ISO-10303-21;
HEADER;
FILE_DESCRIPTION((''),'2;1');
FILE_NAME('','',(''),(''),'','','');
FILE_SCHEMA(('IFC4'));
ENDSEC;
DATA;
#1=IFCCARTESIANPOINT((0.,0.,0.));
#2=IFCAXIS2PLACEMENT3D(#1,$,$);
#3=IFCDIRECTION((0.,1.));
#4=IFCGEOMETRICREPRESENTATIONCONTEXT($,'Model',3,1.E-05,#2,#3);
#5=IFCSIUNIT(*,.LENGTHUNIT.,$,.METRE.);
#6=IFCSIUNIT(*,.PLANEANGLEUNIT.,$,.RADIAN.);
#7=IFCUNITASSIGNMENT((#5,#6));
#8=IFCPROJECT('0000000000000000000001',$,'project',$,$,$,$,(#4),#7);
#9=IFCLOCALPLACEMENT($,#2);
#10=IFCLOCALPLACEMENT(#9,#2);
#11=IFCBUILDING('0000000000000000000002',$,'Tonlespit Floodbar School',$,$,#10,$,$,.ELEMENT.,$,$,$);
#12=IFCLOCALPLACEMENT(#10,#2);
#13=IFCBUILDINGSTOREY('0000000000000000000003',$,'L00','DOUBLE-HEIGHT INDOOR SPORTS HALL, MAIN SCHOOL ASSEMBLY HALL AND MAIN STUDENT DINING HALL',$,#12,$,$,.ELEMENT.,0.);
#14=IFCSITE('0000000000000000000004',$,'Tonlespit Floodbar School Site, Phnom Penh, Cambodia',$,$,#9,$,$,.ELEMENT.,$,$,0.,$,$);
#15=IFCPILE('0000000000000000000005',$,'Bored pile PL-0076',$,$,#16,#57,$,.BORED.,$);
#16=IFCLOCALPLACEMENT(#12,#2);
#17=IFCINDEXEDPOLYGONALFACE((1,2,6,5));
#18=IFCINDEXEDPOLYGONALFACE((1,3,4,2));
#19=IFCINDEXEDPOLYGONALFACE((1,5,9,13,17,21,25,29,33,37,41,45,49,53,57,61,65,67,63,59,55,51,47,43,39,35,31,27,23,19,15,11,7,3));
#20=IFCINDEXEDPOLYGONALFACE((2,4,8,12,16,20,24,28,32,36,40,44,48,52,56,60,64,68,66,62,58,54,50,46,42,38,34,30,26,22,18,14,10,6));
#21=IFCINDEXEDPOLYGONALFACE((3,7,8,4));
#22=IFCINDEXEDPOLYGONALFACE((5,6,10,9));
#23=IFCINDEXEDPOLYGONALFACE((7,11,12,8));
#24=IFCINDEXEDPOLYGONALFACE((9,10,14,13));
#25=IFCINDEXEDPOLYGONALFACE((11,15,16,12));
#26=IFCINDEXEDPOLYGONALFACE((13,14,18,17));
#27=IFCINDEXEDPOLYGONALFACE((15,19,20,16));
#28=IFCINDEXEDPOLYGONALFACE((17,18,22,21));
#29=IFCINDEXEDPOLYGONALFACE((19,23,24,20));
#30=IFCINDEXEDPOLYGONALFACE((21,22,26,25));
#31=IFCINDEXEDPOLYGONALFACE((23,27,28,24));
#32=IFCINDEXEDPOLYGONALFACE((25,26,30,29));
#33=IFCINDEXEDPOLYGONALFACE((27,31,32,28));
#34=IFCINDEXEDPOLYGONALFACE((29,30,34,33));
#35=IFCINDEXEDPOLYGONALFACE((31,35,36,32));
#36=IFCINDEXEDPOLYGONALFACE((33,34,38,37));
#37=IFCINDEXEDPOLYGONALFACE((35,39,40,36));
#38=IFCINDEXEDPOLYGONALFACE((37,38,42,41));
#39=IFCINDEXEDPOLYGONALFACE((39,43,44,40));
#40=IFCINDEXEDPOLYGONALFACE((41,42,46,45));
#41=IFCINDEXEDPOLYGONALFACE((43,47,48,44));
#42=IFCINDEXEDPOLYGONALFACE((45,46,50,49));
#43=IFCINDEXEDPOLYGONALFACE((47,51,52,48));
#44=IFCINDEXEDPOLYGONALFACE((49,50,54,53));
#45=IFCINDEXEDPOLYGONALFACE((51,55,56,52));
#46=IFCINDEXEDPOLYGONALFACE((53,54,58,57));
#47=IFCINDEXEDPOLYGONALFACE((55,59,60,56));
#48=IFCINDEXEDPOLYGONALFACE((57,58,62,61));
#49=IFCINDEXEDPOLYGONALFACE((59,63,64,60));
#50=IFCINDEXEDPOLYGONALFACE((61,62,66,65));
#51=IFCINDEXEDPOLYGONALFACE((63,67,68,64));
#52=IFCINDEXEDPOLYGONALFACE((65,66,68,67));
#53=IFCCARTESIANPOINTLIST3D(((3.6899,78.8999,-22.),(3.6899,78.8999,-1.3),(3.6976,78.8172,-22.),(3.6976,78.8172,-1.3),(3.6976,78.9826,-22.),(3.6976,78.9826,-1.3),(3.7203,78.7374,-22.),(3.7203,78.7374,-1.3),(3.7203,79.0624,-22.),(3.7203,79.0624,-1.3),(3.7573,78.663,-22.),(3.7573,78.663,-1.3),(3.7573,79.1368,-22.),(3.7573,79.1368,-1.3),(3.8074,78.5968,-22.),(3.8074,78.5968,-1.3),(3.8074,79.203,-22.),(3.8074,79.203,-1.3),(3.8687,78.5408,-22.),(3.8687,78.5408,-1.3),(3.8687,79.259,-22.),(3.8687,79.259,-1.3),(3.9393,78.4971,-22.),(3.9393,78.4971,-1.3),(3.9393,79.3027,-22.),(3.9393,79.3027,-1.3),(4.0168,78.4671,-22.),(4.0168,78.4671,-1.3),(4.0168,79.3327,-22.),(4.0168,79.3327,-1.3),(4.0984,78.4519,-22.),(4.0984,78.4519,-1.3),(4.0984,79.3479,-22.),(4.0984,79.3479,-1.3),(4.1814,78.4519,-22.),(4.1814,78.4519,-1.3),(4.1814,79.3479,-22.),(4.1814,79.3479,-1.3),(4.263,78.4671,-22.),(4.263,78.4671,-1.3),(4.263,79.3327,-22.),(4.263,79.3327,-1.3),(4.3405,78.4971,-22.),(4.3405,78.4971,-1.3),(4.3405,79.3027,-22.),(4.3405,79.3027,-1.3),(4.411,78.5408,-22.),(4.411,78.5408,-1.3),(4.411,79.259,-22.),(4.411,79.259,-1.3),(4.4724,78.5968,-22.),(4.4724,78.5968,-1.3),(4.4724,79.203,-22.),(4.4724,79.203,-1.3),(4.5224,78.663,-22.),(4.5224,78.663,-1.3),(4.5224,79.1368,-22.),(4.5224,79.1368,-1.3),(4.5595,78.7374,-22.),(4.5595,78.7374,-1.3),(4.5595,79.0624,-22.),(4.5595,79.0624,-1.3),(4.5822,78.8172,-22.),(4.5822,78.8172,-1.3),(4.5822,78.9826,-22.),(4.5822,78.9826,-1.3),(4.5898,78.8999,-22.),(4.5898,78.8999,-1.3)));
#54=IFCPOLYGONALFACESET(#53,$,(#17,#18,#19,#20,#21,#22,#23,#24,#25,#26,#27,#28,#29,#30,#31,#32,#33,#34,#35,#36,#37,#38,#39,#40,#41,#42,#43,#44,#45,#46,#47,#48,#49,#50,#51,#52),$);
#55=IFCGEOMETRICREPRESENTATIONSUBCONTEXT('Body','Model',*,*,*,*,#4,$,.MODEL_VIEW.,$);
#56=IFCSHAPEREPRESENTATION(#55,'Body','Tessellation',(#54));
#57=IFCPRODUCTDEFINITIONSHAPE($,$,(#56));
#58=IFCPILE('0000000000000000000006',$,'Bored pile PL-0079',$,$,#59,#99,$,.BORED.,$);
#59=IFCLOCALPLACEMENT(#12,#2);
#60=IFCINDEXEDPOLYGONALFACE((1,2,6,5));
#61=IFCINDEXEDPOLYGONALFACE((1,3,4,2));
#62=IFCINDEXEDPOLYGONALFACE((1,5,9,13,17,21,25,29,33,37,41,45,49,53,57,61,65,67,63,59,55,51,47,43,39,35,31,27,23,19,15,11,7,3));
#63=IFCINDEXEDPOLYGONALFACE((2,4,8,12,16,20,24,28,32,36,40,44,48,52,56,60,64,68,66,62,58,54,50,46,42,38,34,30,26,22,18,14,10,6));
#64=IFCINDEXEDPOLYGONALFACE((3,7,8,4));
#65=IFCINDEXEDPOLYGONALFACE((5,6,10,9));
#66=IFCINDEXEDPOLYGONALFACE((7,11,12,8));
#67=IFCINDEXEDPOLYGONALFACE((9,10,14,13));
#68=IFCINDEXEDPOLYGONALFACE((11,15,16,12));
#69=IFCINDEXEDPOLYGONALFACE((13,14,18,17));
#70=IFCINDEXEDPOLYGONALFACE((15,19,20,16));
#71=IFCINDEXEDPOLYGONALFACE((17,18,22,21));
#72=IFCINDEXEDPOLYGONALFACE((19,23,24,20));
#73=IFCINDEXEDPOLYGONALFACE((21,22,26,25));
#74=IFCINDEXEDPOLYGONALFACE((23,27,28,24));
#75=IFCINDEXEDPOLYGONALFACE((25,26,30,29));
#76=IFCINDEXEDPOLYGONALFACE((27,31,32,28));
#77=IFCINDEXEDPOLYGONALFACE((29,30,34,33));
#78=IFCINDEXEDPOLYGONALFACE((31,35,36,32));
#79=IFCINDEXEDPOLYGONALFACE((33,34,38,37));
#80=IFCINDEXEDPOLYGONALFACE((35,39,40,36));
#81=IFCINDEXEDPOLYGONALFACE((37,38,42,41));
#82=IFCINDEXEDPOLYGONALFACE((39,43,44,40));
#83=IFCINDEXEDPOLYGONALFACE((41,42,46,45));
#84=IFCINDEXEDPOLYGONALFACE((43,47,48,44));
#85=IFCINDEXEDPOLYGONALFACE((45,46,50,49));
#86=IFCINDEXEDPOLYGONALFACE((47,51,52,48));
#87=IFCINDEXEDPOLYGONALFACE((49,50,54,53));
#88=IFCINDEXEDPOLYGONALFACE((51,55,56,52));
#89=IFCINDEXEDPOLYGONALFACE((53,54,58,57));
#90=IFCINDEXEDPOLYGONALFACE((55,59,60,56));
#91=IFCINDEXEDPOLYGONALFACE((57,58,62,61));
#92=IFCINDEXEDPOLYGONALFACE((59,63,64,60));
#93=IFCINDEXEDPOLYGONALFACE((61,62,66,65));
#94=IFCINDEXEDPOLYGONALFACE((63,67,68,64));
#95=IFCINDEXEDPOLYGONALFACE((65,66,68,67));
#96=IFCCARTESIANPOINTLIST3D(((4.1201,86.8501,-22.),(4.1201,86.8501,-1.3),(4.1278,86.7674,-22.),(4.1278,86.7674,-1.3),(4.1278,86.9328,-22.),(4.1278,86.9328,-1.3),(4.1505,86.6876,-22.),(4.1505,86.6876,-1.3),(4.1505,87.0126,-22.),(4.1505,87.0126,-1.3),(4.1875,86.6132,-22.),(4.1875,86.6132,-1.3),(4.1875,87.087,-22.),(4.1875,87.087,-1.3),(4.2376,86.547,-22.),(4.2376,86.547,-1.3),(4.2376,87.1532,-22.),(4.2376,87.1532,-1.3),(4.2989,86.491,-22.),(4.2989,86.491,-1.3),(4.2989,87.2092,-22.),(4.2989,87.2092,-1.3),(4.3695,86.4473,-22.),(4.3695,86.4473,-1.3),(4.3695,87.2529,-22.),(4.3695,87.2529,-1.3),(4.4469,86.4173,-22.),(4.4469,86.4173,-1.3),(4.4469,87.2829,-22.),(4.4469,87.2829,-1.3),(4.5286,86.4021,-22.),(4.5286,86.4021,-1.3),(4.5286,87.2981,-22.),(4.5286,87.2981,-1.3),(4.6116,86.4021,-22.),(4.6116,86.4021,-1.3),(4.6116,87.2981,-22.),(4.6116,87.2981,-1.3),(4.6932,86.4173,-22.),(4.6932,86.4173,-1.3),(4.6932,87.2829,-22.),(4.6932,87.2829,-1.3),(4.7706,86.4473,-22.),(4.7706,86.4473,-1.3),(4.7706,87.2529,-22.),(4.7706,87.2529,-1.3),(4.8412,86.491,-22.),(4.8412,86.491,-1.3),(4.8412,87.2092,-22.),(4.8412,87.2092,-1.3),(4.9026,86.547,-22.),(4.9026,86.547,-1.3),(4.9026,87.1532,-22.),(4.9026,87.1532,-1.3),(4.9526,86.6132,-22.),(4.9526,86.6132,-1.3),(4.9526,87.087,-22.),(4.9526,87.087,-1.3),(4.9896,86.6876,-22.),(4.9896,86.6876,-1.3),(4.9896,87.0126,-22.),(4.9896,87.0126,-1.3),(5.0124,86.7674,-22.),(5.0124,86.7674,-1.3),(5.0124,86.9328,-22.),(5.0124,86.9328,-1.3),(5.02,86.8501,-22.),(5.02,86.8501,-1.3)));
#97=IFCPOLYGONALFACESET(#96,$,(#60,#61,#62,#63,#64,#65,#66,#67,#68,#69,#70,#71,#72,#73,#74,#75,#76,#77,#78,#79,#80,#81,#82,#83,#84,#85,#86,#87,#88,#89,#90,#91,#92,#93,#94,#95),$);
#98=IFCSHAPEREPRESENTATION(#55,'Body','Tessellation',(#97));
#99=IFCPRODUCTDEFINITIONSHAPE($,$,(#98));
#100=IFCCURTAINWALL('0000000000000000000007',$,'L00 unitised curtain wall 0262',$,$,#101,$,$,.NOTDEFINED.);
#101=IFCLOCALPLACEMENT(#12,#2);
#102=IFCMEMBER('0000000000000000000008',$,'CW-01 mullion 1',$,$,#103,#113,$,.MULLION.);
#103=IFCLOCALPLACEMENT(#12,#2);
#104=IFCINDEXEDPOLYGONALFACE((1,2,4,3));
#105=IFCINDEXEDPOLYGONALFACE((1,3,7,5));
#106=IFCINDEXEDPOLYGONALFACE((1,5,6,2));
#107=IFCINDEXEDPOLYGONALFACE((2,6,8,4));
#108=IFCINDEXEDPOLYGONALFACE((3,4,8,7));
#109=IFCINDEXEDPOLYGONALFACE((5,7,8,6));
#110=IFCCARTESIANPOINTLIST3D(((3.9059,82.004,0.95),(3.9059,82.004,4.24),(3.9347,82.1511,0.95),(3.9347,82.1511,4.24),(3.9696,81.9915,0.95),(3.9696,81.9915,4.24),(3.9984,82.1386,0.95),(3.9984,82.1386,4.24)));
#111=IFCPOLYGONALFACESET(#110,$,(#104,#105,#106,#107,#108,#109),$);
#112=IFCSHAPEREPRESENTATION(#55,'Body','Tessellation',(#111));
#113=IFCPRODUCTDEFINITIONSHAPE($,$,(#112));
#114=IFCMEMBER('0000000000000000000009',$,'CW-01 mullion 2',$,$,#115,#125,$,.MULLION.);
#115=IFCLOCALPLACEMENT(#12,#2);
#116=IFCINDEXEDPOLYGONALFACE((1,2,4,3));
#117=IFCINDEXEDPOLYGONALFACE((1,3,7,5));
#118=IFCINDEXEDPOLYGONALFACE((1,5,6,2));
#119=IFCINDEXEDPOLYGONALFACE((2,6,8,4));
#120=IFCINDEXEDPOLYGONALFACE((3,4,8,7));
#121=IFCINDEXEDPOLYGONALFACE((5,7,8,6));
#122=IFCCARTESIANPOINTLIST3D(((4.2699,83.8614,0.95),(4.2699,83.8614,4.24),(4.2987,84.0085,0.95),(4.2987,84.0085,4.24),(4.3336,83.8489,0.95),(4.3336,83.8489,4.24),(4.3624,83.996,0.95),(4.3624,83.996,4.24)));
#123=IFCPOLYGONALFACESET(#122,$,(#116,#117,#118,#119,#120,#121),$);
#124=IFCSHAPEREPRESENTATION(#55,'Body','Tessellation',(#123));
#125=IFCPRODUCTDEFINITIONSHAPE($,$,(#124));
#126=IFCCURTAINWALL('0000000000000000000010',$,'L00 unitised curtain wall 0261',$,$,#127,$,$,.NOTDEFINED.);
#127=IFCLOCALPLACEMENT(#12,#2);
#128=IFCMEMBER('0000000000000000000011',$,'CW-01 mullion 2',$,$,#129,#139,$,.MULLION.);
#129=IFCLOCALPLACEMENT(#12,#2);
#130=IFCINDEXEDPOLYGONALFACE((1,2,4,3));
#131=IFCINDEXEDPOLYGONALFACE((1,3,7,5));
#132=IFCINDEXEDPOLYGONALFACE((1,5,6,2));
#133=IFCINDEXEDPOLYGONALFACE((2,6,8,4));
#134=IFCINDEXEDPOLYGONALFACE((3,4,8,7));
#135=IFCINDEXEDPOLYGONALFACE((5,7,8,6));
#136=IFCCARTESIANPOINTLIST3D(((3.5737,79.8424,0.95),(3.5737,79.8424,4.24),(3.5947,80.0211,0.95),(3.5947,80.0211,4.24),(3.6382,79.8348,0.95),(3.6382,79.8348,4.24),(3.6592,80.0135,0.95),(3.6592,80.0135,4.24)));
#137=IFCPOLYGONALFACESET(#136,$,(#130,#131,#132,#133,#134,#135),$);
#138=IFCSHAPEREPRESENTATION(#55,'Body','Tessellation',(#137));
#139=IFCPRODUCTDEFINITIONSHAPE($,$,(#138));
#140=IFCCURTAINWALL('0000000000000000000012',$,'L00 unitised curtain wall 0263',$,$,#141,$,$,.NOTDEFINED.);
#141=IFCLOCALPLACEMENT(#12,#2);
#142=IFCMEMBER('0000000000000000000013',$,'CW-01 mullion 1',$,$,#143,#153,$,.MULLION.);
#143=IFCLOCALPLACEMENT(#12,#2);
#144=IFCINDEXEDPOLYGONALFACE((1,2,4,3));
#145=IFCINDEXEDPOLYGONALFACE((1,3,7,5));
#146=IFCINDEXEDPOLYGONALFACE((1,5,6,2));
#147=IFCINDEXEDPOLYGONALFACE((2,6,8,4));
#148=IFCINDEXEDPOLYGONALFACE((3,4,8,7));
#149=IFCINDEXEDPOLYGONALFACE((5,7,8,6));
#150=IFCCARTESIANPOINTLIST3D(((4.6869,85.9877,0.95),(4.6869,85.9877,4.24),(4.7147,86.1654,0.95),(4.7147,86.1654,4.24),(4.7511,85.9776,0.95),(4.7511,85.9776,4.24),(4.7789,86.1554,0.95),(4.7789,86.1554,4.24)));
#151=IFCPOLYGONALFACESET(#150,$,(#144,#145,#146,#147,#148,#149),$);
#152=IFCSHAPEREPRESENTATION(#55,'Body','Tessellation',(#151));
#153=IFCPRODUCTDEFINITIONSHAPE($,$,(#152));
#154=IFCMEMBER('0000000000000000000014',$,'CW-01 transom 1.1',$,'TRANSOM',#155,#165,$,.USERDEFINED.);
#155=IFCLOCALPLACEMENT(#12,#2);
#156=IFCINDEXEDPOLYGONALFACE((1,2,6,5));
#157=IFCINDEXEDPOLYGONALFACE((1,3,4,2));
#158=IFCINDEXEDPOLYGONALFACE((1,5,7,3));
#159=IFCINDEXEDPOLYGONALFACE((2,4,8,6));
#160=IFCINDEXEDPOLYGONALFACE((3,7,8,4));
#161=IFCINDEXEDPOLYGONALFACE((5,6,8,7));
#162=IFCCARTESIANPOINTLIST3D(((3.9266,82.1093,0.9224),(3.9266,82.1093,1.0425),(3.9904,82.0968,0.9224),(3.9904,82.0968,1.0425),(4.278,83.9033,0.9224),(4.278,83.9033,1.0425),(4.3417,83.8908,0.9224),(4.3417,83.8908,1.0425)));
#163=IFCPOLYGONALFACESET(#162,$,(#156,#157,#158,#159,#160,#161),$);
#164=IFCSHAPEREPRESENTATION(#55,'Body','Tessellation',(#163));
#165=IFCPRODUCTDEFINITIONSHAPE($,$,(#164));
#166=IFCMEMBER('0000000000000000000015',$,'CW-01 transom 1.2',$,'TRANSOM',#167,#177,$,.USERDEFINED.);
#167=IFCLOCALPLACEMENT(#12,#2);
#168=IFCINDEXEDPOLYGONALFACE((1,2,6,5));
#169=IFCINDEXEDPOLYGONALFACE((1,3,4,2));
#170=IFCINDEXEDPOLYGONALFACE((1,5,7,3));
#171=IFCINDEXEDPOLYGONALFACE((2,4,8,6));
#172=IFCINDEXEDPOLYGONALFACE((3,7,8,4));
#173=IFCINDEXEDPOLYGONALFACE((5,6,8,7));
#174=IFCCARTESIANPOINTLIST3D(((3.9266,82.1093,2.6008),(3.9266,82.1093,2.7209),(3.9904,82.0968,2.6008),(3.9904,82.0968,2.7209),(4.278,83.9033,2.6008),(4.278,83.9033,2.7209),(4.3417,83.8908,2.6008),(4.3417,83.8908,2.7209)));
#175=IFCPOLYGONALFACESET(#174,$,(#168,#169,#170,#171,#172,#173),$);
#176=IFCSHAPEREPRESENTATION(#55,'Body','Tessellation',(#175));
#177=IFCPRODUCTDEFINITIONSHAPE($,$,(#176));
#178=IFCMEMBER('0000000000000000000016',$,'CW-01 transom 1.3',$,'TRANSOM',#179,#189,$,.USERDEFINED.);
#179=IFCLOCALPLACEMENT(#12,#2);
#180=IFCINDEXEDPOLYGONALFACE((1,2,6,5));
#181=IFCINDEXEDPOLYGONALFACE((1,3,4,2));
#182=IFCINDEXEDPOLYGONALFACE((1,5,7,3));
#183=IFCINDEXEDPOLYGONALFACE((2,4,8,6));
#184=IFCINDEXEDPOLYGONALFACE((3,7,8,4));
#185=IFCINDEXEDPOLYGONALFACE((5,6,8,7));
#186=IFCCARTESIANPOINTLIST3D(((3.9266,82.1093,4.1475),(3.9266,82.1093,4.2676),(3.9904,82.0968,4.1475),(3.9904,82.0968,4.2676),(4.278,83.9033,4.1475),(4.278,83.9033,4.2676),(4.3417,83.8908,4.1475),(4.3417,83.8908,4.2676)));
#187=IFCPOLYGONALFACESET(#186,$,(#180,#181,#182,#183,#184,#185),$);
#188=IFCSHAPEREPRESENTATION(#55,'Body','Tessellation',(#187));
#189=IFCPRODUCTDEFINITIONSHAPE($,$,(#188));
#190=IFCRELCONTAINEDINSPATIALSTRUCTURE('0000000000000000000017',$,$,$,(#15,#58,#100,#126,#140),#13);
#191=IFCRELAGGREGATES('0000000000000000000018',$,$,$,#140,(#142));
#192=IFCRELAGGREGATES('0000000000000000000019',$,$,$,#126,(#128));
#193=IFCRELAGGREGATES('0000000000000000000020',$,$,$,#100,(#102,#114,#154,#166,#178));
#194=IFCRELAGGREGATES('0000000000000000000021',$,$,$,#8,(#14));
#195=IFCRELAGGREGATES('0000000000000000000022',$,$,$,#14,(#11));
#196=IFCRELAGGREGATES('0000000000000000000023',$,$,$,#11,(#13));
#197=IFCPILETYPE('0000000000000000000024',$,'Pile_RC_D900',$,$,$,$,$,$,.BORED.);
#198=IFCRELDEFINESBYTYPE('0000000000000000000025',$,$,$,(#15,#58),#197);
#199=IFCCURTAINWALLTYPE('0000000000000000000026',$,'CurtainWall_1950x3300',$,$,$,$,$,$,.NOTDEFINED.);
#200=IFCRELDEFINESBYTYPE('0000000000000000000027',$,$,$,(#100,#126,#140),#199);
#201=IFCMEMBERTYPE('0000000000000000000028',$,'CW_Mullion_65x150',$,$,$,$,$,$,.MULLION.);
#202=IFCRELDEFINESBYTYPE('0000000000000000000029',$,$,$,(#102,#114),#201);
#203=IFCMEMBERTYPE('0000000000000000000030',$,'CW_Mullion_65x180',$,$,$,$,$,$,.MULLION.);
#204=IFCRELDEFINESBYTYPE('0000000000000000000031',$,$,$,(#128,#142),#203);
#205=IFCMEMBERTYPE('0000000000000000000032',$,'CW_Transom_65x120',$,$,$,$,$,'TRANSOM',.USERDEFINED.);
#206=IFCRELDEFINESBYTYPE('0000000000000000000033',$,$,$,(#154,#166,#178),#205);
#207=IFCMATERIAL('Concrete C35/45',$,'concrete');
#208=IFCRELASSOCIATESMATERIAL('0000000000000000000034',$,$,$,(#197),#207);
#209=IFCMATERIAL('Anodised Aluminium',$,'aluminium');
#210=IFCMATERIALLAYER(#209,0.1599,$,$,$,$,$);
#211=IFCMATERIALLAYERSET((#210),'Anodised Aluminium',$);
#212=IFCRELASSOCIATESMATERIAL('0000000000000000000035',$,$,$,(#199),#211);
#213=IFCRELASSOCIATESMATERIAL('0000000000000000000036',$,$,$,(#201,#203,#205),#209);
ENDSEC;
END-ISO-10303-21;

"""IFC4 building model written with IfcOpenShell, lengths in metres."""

from ifc_helpers import new_model, si_unit, direction, frame, origin, origin_2d, place, context, subcontext, project, spatial, rectangle, circle, extrude, material, layer, layer_set, material_profile, profile_set, type_object, element, aggregate, save


model = new_model("IFC4")

# Units and contexts
model_context = context("Model", 3, precision=1e-05, world=origin(), true_north=direction((0.0, 1.0)))
body_context = subcontext(model_context, "Body", "Model", "MODEL_VIEW")
ifc_project = project(units=[si_unit("LENGTHUNIT", "METRE"), si_unit("PLANEANGLEUNIT", "RADIAN")], contexts=[model_context])

# Site, building, storey
site_placement = place(None, origin())
site = spatial("IfcSite", under=ifc_project, at=site_placement, Name="Tonlespit Floodbar School Site, Phnom Penh, Cambodia", CompositionType="ELEMENT", RefElevation=0.0)
building_placement = place(site_placement, origin())
building = spatial("IfcBuilding", under=site, at=building_placement, Name="Tonlespit Floodbar School", CompositionType="ELEMENT")
storey_placement = place(building_placement, origin())
storey = spatial("IfcBuildingStorey", under=building, at=storey_placement, Name="L00", Description="DOUBLE-HEIGHT INDOOR SPORTS HALL, MAIN SCHOOL ASSEMBLY HALL AND MAIN STUDENT DINING HALL", CompositionType="ELEMENT", Elevation=0.0)

# Piles
ifc_material_1 = material(Name="Concrete C35/45", Category="concrete")
ifc_material_profile_1 = material_profile(ifc_material_1, circle(Radius=0.45, at=origin_2d()), Name="BP D900")
ifc_profile_set_1 = profile_set([ifc_material_profile_1], Name="Concrete C35/45")
pile_type = type_object("IfcPileType", Name="Pile_RC_D900", PredefinedType="BORED", material=ifc_profile_set_1)
for number, where, z_axis, x_axis, name in (
    (1, (4.1399, 78.8999, -1.3), (0.0, 0.0, -1.0), (1.0, 0.0, 0.0), "Bored pile PL-0076"),
    (2, (4.5701, 86.8501, -1.3), (0.0, 0.0, -1.0), (1.0, 0.0, 0.0), "Bored pile PL-0079"),
):
    element("IfcPile", number, at=place(storey_placement, frame(where, z_axis=z_axis, x_axis=x_axis)), inside=storey, type_object=pile_type, Name=name, PredefinedType="BORED", context=body_context, shape_type="SweptSolid", body=[
        extrude(circle(Radius=0.45, at=origin_2d()), origin(), (0.0, 0.0, 1.0), 20.7),
    ])

# Curtain wall, members
ifc_material_2 = material(Name="Anodised Aluminium", Category="aluminium")
ifc_layer_1 = layer(ifc_material_2, 0.1599)
ifc_layer_set_1 = layer_set([ifc_layer_1], Name="Anodised Aluminium")
curtain_wall_type = type_object("IfcCurtainWallType", Name="CurtainWall_1950x3300", PredefinedType="NOTDEFINED", material=ifc_layer_set_1)
curtain_wall_1_placement = place(storey_placement, origin())
curtain_wall_1 = element("IfcCurtainWall", 3, at=curtain_wall_1_placement, inside=storey, type_object=curtain_wall_type, Name="L00 unitised curtain wall 0262", PredefinedType="NOTDEFINED")
ifc_material_profile_2 = material_profile(ifc_material_2, rectangle(XDim=0.0649, YDim=0.1499, at=origin_2d()), Name="ALU M65x150")
ifc_profile_set_2 = profile_set([ifc_material_profile_2], Name="Anodised Aluminium")
member_type_1 = type_object("IfcMemberType", Name="CW_Mullion_65x150", PredefinedType="MULLION", material=ifc_profile_set_2)
member_1_placement = place(storey_placement, frame((3.9521, 82.0713, 0.95), z_axis=(0.0, 0.0, 1.0), x_axis=(-0.981347, 0.192245, 0.0)))
member_1 = element("IfcMember", 4, at=member_1_placement, type_object=member_type_1, Name="CW-01 mullion 1", PredefinedType="MULLION", context=body_context, shape_type="SweptSolid", body=[
    extrude(rectangle(XDim=0.0649, YDim=0.1499, at=origin_2d()), origin(), (0.0, 0.0, 1.0), 3.29),
])
member_2_placement = place(storey_placement, frame((4.3162, 83.9287, 0.95), z_axis=(0.0, 0.0, 1.0), x_axis=(-0.981347, 0.192245, 0.0)))
member_2 = element("IfcMember", 5, at=member_2_placement, type_object=member_type_1, Name="CW-01 mullion 2", PredefinedType="MULLION", context=body_context, shape_type="SweptSolid", body=[
    extrude(rectangle(XDim=0.0649, YDim=0.1499, at=origin_2d()), origin(), (0.0, 0.0, 1.0), 3.29),
])

# Curtain walls, members
curtain_wall_2_placement = place(storey_placement, origin())
curtain_wall_2 = element("IfcCurtainWall", 6, at=curtain_wall_2_placement, inside=storey, type_object=curtain_wall_type, Name="L00 unitised curtain wall 0261", PredefinedType="NOTDEFINED")
ifc_material_profile_3 = material_profile(ifc_material_2, rectangle(XDim=0.0649, YDim=0.1799, at=origin_2d()), Name="ALU M65x180")
ifc_profile_set_3 = profile_set([ifc_material_profile_3], Name="Anodised Aluminium")
member_type_2 = type_object("IfcMemberType", Name="CW_Mullion_65x180", PredefinedType="MULLION", material=ifc_profile_set_3)
member_3_placement = place(storey_placement, frame((3.6165, 79.928, 0.95), z_axis=(0.0, 0.0, 1.0), x_axis=(-0.993136, 0.116967, 0.0)))
member_3 = element("IfcMember", 7, at=member_3_placement, type_object=member_type_2, Name="CW-01 mullion 2", PredefinedType="MULLION", context=body_context, shape_type="SweptSolid", body=[
    extrude(rectangle(XDim=0.0649, YDim=0.1799, at=origin_2d()), origin(), (0.0, 0.0, 1.0), 3.29),
])
curtain_wall_3_placement = place(storey_placement, origin())
curtain_wall_3 = element("IfcCurtainWall", 8, at=curtain_wall_3_placement, inside=storey, type_object=curtain_wall_type, Name="L00 unitised curtain wall 0263", PredefinedType="NOTDEFINED")
member_4_placement = place(storey_placement, frame((4.7329, 86.0715, 0.95), z_axis=(0.0, 0.0, 1.0), x_axis=(-0.987961, 0.1547, 0.0)))
member_4 = element("IfcMember", 9, at=member_4_placement, type_object=member_type_2, Name="CW-01 mullion 1", PredefinedType="MULLION", context=body_context, shape_type="SweptSolid", body=[
    extrude(rectangle(XDim=0.0649, YDim=0.1799, at=origin_2d()), origin(), (0.0, 0.0, 1.0), 3.29),
])

# Members
ifc_material_profile_4 = material_profile(ifc_material_2, rectangle(XDim=0.0649, YDim=0.1201, at=origin_2d()), Name="ALU T65x120")
ifc_profile_set_4 = profile_set([ifc_material_profile_4], Name="Anodised Aluminium")
member_type_3 = type_object("IfcMemberType", Name="CW_Transom_65x120", ElementType="TRANSOM", PredefinedType="USERDEFINED", material=ifc_profile_set_4)
member_5_placement = place(storey_placement, frame((3.9585, 82.103, 0.9824), z_axis=(0.192185, 0.981359, 0.0), x_axis=(-0.981359, 0.192185, 0.0)))
member_5 = element("IfcMember", 10, at=member_5_placement, type_object=member_type_3, Name="CW-01 transom 1.1", ObjectType="TRANSOM", PredefinedType="USERDEFINED", context=body_context, shape_type="SweptSolid", body=[
    extrude(rectangle(XDim=0.0649, YDim=0.1201, at=origin_2d()), origin(), (0.0, 0.0, 1.0), 1.8281),
])
member_6_placement = place(storey_placement, frame((3.9585, 82.103, 2.6609), z_axis=(0.192185, 0.981359, 0.0), x_axis=(-0.981359, 0.192185, 0.0)))
member_6 = element("IfcMember", 11, at=member_6_placement, type_object=member_type_3, Name="CW-01 transom 1.2", ObjectType="TRANSOM", PredefinedType="USERDEFINED", context=body_context, shape_type="SweptSolid", body=[
    extrude(rectangle(XDim=0.0649, YDim=0.1201, at=origin_2d()), origin(), (0.0, 0.0, 1.0), 1.8281),
])
member_7_placement = place(storey_placement, frame((3.9585, 82.103, 4.2075), z_axis=(0.192185, 0.981359, 0.0), x_axis=(-0.981359, 0.192185, 0.0)))
member_7 = element("IfcMember", 12, at=member_7_placement, type_object=member_type_3, Name="CW-01 transom 1.3", ObjectType="TRANSOM", PredefinedType="USERDEFINED", context=body_context, shape_type="SweptSolid", body=[
    extrude(rectangle(XDim=0.0649, YDim=0.1201, at=origin_2d()), origin(), (0.0, 0.0, 1.0), 1.8281),
])
aggregate(curtain_wall_3, [member_4])

aggregate(curtain_wall_2, [member_3])
aggregate(curtain_wall_1, [member_1, member_2, member_5, member_6, member_7])

save(model, "model.ifc")
